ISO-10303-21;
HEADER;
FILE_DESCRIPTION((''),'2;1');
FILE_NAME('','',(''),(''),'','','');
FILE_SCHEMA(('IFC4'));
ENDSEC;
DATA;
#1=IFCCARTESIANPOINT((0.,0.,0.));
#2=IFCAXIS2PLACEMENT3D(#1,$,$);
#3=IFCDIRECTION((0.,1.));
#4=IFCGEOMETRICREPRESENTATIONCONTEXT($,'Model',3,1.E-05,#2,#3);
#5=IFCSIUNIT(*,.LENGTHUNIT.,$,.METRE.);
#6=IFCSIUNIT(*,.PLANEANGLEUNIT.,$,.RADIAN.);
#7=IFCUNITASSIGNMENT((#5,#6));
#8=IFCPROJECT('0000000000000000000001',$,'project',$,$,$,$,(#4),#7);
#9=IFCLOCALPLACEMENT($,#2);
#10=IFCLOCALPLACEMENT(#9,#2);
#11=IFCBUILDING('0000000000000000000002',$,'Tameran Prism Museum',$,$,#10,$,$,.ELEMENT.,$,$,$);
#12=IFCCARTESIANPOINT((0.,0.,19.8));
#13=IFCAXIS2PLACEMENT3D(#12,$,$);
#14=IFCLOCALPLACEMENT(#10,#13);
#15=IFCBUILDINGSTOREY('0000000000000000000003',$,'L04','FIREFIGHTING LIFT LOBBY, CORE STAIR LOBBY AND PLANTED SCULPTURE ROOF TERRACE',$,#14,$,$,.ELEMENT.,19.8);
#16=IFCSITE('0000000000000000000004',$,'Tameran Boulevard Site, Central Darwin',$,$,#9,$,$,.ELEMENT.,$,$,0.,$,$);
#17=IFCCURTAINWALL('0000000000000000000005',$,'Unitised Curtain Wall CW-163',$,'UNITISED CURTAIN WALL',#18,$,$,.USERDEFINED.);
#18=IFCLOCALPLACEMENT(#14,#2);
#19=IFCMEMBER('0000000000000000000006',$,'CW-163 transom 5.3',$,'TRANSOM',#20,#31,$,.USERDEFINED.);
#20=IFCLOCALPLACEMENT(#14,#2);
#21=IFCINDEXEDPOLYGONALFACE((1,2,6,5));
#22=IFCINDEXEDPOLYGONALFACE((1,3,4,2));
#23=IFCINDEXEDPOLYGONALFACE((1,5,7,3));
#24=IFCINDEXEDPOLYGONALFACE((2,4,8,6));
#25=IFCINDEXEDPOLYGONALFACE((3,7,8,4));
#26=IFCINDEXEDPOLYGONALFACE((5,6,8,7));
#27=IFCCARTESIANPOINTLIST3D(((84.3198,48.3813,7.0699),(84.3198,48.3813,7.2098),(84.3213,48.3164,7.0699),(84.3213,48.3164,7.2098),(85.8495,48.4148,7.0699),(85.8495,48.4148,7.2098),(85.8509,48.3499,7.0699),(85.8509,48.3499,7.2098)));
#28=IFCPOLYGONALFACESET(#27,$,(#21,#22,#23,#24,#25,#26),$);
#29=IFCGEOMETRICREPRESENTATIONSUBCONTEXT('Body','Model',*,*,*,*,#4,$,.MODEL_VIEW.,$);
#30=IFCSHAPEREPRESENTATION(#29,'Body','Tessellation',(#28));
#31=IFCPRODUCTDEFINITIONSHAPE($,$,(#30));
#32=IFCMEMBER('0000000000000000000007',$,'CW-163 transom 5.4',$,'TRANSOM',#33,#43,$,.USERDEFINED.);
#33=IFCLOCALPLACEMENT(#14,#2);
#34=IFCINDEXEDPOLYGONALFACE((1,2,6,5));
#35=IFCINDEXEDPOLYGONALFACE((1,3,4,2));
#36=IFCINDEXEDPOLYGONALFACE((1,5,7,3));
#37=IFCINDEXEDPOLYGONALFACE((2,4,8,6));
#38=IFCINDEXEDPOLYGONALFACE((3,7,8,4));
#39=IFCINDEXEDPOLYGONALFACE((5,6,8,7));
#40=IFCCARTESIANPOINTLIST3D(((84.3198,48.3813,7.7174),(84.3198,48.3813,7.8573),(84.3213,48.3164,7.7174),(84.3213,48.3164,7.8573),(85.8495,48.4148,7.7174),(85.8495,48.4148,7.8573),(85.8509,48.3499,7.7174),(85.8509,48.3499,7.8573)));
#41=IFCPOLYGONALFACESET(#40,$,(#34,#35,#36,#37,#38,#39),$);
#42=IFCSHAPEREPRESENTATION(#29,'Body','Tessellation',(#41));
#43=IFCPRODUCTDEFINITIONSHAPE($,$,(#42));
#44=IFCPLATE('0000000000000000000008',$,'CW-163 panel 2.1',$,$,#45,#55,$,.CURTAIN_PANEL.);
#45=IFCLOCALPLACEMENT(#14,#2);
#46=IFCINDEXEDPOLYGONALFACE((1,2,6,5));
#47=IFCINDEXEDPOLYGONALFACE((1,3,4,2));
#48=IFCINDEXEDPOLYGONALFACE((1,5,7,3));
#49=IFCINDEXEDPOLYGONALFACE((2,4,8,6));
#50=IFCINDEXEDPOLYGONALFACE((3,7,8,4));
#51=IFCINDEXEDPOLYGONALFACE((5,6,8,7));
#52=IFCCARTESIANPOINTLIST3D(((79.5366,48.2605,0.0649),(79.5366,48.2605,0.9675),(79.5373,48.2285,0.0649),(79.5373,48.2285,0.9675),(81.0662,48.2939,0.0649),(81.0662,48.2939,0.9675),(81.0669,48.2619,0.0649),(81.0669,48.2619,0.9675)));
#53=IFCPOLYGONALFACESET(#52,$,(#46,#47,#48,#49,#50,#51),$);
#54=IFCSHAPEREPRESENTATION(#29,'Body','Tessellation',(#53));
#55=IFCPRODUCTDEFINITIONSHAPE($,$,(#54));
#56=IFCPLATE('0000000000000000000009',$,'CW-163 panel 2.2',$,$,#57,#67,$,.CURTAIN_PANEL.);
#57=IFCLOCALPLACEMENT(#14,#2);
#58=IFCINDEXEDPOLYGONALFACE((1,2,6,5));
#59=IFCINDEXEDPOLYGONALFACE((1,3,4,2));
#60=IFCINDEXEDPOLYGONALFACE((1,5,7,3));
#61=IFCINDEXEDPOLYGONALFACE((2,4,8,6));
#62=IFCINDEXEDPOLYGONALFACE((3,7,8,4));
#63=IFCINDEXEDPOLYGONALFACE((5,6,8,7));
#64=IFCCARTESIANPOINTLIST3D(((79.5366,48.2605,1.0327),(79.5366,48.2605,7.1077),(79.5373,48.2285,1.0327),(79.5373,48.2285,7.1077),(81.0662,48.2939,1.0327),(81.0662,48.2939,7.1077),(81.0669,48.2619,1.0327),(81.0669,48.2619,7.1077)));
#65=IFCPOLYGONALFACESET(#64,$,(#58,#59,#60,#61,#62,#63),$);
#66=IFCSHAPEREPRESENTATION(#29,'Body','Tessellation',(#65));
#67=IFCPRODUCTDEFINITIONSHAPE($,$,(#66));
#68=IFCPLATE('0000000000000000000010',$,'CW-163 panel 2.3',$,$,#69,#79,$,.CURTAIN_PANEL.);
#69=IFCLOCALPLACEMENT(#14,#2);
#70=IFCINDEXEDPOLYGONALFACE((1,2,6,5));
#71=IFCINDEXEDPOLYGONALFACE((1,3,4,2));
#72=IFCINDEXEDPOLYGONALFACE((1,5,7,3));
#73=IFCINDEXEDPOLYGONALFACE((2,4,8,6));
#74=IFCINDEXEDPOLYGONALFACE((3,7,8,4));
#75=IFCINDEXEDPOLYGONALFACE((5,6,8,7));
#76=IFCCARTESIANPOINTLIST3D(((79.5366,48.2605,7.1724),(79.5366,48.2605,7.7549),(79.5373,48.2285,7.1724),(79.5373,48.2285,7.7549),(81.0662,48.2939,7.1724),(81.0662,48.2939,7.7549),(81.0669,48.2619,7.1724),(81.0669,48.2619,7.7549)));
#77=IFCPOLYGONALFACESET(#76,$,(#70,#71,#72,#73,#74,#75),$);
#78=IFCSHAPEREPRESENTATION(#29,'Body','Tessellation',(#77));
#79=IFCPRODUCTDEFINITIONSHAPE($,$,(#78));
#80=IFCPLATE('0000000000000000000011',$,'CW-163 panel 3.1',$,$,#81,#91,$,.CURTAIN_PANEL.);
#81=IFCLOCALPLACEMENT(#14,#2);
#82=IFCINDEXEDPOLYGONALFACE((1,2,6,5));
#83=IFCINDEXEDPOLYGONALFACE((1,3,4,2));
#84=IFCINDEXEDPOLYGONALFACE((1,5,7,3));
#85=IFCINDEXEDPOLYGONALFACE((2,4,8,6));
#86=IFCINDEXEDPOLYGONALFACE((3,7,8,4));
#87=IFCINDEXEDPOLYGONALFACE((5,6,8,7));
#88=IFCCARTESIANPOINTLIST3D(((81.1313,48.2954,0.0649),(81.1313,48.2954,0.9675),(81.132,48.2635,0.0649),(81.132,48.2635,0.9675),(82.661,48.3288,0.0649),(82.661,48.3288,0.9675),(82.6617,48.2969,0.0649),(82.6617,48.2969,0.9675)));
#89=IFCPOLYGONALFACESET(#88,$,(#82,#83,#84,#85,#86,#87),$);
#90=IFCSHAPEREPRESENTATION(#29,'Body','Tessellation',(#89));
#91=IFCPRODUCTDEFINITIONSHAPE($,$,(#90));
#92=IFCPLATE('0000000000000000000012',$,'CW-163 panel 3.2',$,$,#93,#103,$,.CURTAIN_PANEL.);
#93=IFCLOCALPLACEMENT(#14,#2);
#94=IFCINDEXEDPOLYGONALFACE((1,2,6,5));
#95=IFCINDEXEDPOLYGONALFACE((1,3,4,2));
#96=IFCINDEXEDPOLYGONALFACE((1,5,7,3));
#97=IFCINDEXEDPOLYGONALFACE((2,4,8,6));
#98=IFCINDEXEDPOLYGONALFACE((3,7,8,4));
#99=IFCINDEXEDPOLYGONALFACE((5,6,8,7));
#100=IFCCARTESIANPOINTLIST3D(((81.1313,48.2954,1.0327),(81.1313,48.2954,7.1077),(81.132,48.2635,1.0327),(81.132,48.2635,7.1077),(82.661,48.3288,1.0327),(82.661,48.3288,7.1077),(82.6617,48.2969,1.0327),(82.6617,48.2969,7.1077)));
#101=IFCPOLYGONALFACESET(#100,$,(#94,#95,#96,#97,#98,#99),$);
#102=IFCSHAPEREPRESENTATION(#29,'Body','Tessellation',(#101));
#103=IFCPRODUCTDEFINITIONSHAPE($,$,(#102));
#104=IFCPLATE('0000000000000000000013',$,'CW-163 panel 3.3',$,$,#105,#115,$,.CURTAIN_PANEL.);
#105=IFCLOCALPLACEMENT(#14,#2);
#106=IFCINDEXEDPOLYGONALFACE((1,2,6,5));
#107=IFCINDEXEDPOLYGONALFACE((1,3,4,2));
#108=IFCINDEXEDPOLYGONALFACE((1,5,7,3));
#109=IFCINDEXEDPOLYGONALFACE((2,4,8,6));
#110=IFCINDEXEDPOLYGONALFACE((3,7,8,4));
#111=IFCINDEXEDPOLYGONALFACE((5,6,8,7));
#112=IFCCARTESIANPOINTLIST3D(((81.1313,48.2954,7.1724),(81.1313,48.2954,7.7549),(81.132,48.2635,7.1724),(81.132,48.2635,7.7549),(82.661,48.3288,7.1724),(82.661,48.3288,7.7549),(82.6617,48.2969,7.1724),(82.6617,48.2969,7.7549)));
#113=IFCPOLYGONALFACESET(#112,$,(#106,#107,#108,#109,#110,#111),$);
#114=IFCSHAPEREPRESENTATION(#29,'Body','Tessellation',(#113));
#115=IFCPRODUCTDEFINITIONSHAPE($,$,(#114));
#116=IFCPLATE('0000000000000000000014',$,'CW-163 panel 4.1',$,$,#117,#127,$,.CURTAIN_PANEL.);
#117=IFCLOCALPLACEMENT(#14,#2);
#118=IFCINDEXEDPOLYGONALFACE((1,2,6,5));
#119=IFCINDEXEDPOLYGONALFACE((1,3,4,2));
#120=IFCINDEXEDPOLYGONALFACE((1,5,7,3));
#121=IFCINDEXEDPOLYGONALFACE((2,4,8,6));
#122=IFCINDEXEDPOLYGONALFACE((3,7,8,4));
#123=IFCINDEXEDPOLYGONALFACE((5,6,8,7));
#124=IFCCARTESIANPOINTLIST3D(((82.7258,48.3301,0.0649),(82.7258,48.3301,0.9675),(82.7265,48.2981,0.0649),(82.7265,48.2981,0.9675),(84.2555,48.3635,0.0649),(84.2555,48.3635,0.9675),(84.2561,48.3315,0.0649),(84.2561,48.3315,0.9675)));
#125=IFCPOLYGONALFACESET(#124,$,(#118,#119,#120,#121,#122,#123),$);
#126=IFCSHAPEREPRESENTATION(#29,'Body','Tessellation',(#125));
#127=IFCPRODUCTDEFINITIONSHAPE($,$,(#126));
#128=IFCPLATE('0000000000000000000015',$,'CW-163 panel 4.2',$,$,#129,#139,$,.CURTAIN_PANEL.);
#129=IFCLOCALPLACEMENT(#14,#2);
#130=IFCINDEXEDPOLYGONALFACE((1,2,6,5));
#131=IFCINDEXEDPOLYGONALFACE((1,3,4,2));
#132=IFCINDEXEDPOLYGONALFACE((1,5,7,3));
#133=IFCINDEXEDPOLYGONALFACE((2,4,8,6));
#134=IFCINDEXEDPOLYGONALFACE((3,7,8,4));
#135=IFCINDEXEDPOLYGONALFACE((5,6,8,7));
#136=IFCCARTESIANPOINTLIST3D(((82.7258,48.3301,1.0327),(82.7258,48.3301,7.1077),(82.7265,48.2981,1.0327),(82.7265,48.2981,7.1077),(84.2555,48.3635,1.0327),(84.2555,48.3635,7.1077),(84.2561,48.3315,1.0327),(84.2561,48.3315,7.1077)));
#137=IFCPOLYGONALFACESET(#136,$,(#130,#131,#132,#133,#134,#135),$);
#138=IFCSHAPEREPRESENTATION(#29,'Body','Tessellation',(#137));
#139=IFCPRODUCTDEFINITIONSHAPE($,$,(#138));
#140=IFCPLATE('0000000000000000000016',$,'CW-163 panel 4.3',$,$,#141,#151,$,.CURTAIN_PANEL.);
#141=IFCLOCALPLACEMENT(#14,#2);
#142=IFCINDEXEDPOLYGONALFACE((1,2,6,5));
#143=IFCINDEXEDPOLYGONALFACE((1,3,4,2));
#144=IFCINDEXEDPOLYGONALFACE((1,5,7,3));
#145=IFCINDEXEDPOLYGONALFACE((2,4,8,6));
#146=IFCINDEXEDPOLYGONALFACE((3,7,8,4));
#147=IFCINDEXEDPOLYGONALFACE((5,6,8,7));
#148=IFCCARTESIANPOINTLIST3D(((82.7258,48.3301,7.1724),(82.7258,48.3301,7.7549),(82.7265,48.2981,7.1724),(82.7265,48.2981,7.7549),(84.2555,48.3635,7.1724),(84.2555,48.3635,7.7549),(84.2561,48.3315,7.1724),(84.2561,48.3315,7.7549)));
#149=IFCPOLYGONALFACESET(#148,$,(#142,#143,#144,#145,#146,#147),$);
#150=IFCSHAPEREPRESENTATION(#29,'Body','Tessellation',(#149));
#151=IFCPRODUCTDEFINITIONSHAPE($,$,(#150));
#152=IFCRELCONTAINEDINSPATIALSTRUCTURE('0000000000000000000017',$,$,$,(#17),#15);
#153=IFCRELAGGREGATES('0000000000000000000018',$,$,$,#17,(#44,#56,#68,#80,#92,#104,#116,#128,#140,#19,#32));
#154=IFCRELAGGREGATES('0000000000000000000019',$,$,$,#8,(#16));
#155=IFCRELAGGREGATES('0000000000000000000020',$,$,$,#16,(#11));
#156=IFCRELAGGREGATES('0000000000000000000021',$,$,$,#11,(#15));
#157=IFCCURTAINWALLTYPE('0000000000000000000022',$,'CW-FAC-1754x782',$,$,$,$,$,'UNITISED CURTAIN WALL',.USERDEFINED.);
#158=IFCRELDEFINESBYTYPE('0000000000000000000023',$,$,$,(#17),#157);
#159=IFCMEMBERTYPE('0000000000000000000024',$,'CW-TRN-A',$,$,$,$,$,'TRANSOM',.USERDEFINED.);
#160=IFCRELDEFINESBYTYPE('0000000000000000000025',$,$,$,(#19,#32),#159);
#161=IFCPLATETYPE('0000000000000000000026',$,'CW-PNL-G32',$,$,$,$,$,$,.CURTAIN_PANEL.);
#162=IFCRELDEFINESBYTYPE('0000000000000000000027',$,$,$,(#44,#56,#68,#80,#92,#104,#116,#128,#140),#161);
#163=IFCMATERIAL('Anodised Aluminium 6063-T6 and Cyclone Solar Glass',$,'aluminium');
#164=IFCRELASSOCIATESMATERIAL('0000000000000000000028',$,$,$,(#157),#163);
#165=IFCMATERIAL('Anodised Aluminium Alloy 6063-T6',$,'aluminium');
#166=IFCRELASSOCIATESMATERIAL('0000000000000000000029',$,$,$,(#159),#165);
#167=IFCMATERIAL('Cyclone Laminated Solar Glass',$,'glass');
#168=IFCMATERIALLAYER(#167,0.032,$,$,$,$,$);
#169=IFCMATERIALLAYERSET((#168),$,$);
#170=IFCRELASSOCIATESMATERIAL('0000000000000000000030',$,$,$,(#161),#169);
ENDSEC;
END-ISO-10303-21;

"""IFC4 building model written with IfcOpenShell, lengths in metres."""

from ifc_helpers import new_model, si_unit, direction, frame, origin, origin_2d, place, context, subcontext, project, spatial, rectangle, extrude, material, layer, layer_set, material_profile, profile_set, type_object, element, aggregate, save


model = new_model("IFC4")

# Units and contexts
model_context = context("Model", 3, precision=1e-05, world=origin(), true_north=direction((0.0, 1.0)))
body_context = subcontext(model_context, "Body", "Model", "MODEL_VIEW")
ifc_project = project(units=[si_unit("LENGTHUNIT", "METRE"), si_unit("PLANEANGLEUNIT", "RADIAN")], contexts=[model_context])

# Site, building, storey
site_placement = place(None, origin())
site = spatial("IfcSite", under=ifc_project, at=site_placement, Name="Tameran Boulevard Site, Central Darwin", CompositionType="ELEMENT", RefElevation=0.0)
building_placement = place(site_placement, origin())
building = spatial("IfcBuilding", under=site, at=building_placement, Name="Tameran Prism Museum", CompositionType="ELEMENT")
storey_placement = place(building_placement, frame((0.0, 0.0, 19.8)))
storey = spatial("IfcBuildingStorey", under=building, at=storey_placement, Name="L04", Description="FIREFIGHTING LIFT LOBBY, CORE STAIR LOBBY AND PLANTED SCULPTURE ROOF TERRACE", CompositionType="ELEMENT", Elevation=19.8)

# Curtain wall, members, plates
ifc_material_1 = material(Name="Anodised Aluminium 6063-T6 and Cyclone Solar Glass", Category="aluminium")
curtain_wall_type = type_object("IfcCurtainWallType", Name="CW-FAC-1754x782", ElementType="UNITISED CURTAIN WALL", PredefinedType="USERDEFINED", material=ifc_material_1)
curtain_wall_placement = place(storey_placement, origin())
curtain_wall = element("IfcCurtainWall", 1, at=curtain_wall_placement, inside=storey, type_object=curtain_wall_type, Name="Unitised Curtain Wall CW-163", ObjectType="UNITISED CURTAIN WALL", PredefinedType="USERDEFINED")
ifc_material_2 = material(Name="Anodised Aluminium Alloy 6063-T6", Category="aluminium")
ifc_material_profile_1 = material_profile(ifc_material_2, rectangle(XDim=0.0649, YDim=0.1399, at=origin_2d()))
ifc_profile_set_1 = profile_set([ifc_material_profile_1])
member_type_1 = type_object("IfcMemberType", Name="CW-TRN-A", ElementType="TRANSOM", PredefinedType="USERDEFINED", material=ifc_profile_set_1)
member_1_placement = place(storey_placement, frame((84.3206, 48.3489, 7.1399), z_axis=(0.999761, 0.021859, 0.0), x_axis=(-0.021859, 0.999761, 0.0)))
member_1 = element("IfcMember", 2, at=member_1_placement, type_object=member_type_1, Name="CW-163 transom 5.3", ObjectType="TRANSOM", PredefinedType="USERDEFINED", context=body_context, shape_type="SweptSolid", body=[
    extrude(rectangle(XDim=0.0649, YDim=0.1399, at=origin_2d()), origin(), (0.0, 0.0, 1.0), 1.53),
])
member_2_placement = place(storey_placement, frame((84.3206, 48.3489, 7.7874), z_axis=(0.999761, 0.021859, 0.0), x_axis=(-0.021859, 0.999761, 0.0)))
member_2 = element("IfcMember", 3, at=member_2_placement, type_object=member_type_1, Name="CW-163 transom 5.4", ObjectType="TRANSOM", PredefinedType="USERDEFINED", context=body_context, shape_type="SweptSolid", body=[
    extrude(rectangle(XDim=0.0649, YDim=0.1399, at=origin_2d()), origin(), (0.0, 0.0, 1.0), 1.53),
])
ifc_material_3 = material(Name="Cyclone Laminated Solar Glass", Category="glass")
ifc_layer = layer(ifc_material_3, 0.032)
ifc_layer_set = layer_set([ifc_layer])
plate_type = type_object("IfcPlateType", Name="CW-PNL-G32", PredefinedType="CURTAIN_PANEL", material=ifc_layer_set)
plate_1_placement = place(storey_placement, frame((80.3018, 48.2612, 0.0649), z_axis=(0.0, 0.0, 1.0), x_axis=(0.999762, 0.021831, 0.0)))
plate_1 = element("IfcPlate", 4, at=plate_1_placement, type_object=plate_type, Name="CW-163 panel 2.1", PredefinedType="CURTAIN_PANEL", context=body_context, shape_type="SweptSolid", body=[
    extrude(rectangle(XDim=1.53, YDim=0.032, at=origin_2d()), origin(), (0.0, 0.0, 1.0), 0.9026),
])
plate_2_placement = place(storey_placement, frame((80.3018, 48.2612, 1.0327), z_axis=(0.0, 0.0, 1.0), x_axis=(0.999762, 0.021831, 0.0)))
plate_2 = element("IfcPlate", 5, at=plate_2_placement, type_object=plate_type, Name="CW-163 panel 2.2", PredefinedType="CURTAIN_PANEL", context=body_context, shape_type="SweptSolid", body=[
    extrude(rectangle(XDim=1.53, YDim=0.032, at=origin_2d()), origin(), (0.0, 0.0, 1.0), 6.075),
])
plate_3_placement = place(storey_placement, frame((80.3018, 48.2612, 7.1724), z_axis=(0.0, 0.0, 1.0), x_axis=(0.999762, 0.021831, 0.0)))
plate_3 = element("IfcPlate", 6, at=plate_3_placement, type_object=plate_type, Name="CW-163 panel 2.3", PredefinedType="CURTAIN_PANEL", context=body_context, shape_type="SweptSolid", body=[
    extrude(rectangle(XDim=1.53, YDim=0.032, at=origin_2d()), origin(), (0.0, 0.0, 1.0), 0.5825),
])
plate_4_placement = place(storey_placement, frame((81.8965, 48.2961, 0.0649), z_axis=(0.0, 0.0, 1.0), x_axis=(0.999762, 0.021831, 0.0)))
plate_4 = element("IfcPlate", 7, at=plate_4_placement, type_object=plate_type, Name="CW-163 panel 3.1", PredefinedType="CURTAIN_PANEL", context=body_context, shape_type="SweptSolid", body=[
    extrude(rectangle(XDim=1.53, YDim=0.032, at=origin_2d()), origin(), (0.0, 0.0, 1.0), 0.9026),
])
plate_5_placement = place(storey_placement, frame((81.8965, 48.2961, 1.0327), z_axis=(0.0, 0.0, 1.0), x_axis=(0.999762, 0.021831, 0.0)))
plate_5 = element("IfcPlate", 8, at=plate_5_placement, type_object=plate_type, Name="CW-163 panel 3.2", PredefinedType="CURTAIN_PANEL", context=body_context, shape_type="SweptSolid", body=[
    extrude(rectangle(XDim=1.53, YDim=0.032, at=origin_2d()), origin(), (0.0, 0.0, 1.0), 6.075),
])
plate_6_placement = place(storey_placement, frame((81.8965, 48.2961, 7.1724), z_axis=(0.0, 0.0, 1.0), x_axis=(0.999762, 0.021831, 0.0)))
plate_6 = element("IfcPlate", 9, at=plate_6_placement, type_object=plate_type, Name="CW-163 panel 3.3", PredefinedType="CURTAIN_PANEL", context=body_context, shape_type="SweptSolid", body=[
    extrude(rectangle(XDim=1.53, YDim=0.032, at=origin_2d()), origin(), (0.0, 0.0, 1.0), 0.5825),
])
plate_7_placement = place(storey_placement, frame((83.491, 48.3308, 0.0649), z_axis=(0.0, 0.0, 1.0), x_axis=(0.999762, 0.021831, 0.0)))
plate_7 = element("IfcPlate", 10, at=plate_7_placement, type_object=plate_type, Name="CW-163 panel 4.1", PredefinedType="CURTAIN_PANEL", context=body_context, shape_type="SweptSolid", body=[
    extrude(rectangle(XDim=1.53, YDim=0.032, at=origin_2d()), origin(), (0.0, 0.0, 1.0), 0.9026),
])
plate_8_placement = place(storey_placement, frame((83.491, 48.3308, 1.0327), z_axis=(0.0, 0.0, 1.0), x_axis=(0.999762, 0.021831, 0.0)))
plate_8 = element("IfcPlate", 11, at=plate_8_placement, type_object=plate_type, Name="CW-163 panel 4.2", PredefinedType="CURTAIN_PANEL", context=body_context, shape_type="SweptSolid", body=[
    extrude(rectangle(XDim=1.53, YDim=0.032, at=origin_2d()), origin(), (0.0, 0.0, 1.0), 6.075),
])
plate_9_placement = place(storey_placement, frame((83.491, 48.3308, 7.1724), z_axis=(0.0, 0.0, 1.0), x_axis=(0.999762, 0.021831, 0.0)))
plate_9 = element("IfcPlate", 12, at=plate_9_placement, type_object=plate_type, Name="CW-163 panel 4.3", PredefinedType="CURTAIN_PANEL", context=body_context, shape_type="SweptSolid", body=[
    extrude(rectangle(XDim=1.53, YDim=0.032, at=origin_2d()), origin(), (0.0, 0.0, 1.0), 0.5825),
])
aggregate(curtain_wall, [plate_1, plate_2, plate_3, plate_4, plate_5, plate_6, plate_7, plate_8, plate_9, member_1, member_2])

save(model, "model.ifc")
